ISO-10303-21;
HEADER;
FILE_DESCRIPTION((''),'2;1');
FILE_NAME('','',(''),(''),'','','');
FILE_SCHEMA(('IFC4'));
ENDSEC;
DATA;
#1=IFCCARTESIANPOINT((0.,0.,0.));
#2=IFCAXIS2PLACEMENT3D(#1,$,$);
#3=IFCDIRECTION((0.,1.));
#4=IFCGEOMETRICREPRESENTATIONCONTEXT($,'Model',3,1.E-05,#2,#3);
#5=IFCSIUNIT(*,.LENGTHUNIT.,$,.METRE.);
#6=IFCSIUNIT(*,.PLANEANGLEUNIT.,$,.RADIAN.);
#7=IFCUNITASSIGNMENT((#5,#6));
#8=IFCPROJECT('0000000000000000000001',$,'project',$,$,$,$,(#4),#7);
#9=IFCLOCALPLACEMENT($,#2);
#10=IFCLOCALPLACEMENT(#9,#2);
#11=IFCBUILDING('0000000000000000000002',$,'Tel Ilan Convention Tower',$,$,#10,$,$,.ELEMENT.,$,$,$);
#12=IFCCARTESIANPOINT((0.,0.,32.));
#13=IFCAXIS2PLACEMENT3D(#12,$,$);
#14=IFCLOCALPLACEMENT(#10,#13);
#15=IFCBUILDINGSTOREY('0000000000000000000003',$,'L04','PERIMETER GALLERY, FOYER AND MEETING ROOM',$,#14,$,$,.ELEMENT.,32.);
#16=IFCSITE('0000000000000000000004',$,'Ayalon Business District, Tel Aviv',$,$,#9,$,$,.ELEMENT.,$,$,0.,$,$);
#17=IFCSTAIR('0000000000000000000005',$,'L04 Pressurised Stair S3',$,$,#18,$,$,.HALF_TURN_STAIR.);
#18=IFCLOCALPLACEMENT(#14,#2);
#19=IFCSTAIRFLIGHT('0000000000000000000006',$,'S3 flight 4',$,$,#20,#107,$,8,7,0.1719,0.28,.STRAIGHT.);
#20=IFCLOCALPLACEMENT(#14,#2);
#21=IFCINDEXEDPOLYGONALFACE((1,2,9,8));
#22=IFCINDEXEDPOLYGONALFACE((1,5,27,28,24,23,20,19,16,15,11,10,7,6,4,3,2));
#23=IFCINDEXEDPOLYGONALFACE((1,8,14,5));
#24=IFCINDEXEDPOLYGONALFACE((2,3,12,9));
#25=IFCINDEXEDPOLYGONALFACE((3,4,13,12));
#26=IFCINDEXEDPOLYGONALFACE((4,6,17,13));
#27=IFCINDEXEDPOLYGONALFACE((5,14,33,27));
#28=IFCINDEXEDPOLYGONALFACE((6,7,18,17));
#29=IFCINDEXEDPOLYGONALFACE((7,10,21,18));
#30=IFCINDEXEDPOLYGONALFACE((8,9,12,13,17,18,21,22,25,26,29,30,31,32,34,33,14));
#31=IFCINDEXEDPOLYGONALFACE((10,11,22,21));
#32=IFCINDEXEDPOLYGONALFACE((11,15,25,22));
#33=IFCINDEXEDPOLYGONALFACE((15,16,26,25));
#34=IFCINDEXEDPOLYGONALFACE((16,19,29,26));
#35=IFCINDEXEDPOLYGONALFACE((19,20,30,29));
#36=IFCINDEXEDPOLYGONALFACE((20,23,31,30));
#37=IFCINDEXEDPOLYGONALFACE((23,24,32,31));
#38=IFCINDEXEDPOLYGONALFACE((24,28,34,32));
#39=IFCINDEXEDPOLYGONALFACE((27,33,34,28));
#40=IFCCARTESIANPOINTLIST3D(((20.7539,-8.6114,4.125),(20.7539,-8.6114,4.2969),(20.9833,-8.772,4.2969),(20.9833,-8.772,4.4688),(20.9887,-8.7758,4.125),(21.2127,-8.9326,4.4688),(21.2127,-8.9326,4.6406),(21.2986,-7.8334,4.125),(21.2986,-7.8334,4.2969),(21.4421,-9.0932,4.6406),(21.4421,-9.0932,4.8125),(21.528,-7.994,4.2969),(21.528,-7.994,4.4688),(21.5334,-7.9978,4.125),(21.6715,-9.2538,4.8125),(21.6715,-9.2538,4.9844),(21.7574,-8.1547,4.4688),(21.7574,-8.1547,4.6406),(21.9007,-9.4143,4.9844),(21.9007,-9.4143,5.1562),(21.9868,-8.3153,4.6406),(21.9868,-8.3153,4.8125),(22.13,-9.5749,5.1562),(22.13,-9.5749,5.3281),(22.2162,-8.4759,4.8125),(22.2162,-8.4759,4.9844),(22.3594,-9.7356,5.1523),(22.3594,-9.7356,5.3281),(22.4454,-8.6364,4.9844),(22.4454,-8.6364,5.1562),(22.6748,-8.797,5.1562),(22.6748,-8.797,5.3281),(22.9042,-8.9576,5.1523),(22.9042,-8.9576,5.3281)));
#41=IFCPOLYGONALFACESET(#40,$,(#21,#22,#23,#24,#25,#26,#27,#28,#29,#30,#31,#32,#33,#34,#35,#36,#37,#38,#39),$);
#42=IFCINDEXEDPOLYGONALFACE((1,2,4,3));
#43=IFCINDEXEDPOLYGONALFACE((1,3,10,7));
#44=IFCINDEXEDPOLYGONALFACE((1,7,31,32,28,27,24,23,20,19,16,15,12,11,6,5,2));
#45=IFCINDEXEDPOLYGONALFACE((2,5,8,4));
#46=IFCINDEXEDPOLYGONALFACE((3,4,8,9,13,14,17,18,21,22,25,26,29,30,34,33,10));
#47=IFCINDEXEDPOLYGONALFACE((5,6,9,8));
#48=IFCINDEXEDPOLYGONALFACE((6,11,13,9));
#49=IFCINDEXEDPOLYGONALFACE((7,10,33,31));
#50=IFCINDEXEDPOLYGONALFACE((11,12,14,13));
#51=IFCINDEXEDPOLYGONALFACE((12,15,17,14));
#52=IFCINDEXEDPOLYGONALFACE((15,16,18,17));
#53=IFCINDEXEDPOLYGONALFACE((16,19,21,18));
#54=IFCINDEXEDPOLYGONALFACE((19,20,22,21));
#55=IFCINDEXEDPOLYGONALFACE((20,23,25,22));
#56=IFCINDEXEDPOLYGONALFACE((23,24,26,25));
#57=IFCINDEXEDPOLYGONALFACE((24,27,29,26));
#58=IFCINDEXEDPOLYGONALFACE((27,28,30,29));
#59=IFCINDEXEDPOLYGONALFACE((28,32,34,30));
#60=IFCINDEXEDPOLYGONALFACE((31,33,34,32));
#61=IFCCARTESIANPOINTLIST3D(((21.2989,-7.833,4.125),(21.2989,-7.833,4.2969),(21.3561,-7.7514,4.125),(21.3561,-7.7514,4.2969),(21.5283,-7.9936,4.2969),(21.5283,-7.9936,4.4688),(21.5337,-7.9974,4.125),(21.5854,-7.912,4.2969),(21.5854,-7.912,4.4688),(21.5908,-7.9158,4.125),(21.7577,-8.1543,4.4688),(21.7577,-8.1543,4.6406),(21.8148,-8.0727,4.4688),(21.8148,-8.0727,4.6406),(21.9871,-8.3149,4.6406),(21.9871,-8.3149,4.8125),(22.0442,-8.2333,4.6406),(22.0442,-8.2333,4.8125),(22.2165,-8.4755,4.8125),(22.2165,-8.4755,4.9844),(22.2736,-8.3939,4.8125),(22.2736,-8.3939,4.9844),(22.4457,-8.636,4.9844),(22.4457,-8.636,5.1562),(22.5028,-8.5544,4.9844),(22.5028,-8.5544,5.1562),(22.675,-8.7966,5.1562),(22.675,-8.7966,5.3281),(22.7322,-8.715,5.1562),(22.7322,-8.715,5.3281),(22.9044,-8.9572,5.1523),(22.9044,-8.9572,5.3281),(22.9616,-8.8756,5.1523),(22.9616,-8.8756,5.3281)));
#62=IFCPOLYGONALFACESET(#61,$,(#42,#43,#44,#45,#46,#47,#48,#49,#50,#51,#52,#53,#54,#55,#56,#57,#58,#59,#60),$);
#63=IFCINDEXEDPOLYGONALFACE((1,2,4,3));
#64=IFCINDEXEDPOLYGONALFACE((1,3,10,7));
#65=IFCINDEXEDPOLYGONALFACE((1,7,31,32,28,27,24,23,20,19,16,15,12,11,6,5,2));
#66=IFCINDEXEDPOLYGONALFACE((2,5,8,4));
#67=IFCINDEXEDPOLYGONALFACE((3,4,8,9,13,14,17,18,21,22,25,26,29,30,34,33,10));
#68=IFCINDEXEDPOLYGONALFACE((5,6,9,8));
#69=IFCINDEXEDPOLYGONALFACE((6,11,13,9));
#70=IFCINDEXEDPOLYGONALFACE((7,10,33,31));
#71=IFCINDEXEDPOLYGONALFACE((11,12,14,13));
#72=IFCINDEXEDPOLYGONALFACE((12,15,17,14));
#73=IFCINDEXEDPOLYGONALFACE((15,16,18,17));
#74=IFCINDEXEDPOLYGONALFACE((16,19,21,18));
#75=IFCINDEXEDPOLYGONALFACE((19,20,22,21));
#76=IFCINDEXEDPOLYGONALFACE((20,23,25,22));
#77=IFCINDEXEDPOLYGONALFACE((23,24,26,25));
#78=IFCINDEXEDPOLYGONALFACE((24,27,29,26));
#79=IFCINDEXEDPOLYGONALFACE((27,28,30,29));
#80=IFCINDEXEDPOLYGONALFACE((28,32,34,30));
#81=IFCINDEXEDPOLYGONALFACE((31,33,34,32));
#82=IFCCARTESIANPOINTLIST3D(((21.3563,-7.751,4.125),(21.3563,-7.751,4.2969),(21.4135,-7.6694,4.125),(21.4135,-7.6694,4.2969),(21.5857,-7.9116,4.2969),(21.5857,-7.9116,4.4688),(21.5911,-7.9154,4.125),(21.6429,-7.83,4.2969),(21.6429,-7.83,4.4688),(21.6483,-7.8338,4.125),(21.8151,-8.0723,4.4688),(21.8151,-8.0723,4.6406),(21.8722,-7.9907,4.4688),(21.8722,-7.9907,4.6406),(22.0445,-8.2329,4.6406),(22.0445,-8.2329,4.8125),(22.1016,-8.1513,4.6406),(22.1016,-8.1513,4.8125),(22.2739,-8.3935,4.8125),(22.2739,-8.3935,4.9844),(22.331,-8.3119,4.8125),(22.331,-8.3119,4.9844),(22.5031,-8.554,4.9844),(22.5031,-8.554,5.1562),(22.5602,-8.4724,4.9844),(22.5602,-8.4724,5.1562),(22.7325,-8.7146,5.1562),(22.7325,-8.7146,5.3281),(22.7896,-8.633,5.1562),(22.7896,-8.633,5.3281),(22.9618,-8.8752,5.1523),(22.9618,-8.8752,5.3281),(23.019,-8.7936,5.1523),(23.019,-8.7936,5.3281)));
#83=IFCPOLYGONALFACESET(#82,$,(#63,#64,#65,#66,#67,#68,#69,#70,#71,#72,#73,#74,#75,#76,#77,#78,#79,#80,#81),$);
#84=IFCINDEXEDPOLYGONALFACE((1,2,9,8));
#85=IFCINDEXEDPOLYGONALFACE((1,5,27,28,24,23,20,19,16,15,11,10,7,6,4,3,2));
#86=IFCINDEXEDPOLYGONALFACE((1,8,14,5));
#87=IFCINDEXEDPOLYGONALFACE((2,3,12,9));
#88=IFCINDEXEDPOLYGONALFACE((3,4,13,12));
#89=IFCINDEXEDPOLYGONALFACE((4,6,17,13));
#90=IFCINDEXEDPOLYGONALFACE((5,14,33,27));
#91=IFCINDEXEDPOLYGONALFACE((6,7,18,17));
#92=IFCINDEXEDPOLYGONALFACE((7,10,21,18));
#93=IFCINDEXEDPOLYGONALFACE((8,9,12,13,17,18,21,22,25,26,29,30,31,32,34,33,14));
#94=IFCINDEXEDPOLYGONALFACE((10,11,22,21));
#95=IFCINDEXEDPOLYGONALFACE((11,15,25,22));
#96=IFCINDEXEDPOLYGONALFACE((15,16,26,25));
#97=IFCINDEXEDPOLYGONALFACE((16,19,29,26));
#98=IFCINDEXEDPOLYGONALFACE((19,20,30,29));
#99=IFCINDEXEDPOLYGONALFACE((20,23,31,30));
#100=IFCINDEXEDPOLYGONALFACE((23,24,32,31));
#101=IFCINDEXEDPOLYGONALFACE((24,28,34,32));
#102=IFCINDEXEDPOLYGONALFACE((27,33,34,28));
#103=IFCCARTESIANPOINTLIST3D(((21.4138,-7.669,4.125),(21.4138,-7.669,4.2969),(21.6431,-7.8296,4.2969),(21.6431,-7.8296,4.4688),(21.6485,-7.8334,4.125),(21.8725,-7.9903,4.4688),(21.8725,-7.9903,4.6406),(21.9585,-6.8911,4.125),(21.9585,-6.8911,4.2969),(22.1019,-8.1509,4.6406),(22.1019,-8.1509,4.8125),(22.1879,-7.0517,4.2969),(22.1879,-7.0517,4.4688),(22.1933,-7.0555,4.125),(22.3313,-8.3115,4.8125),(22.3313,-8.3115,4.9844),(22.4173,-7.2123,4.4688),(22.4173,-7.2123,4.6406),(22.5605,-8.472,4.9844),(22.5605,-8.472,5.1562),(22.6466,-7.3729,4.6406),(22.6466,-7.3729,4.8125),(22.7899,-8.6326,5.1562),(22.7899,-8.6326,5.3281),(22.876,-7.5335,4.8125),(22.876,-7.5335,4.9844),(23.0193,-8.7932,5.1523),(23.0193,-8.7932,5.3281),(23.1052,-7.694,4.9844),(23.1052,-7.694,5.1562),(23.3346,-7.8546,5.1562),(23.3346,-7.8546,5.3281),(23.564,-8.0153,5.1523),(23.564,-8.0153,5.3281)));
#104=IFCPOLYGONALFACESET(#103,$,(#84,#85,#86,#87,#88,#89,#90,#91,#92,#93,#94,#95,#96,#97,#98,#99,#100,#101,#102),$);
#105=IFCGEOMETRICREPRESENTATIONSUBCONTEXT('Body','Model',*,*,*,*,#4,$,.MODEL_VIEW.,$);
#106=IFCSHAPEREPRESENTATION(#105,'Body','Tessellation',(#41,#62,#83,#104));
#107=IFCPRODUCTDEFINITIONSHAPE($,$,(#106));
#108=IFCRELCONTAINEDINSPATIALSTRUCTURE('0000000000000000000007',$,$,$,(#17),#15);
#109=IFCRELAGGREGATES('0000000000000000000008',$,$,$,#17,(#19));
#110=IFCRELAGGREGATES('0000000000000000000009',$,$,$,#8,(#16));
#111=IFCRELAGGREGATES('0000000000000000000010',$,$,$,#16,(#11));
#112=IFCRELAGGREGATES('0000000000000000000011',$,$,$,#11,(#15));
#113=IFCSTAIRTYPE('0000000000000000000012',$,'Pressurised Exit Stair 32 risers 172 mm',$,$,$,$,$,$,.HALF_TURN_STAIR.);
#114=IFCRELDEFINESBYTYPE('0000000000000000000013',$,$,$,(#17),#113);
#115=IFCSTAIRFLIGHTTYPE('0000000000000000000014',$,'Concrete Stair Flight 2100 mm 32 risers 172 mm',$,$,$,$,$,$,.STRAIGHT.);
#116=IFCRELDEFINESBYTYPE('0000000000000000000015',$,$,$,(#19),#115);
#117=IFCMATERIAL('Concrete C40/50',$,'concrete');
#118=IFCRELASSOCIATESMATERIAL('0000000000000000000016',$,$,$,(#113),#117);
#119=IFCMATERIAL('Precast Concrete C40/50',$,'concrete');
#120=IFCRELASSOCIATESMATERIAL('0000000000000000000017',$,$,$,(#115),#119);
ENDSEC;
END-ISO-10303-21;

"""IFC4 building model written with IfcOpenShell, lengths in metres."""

from ifc_helpers import new_model, si_unit, direction, frame, origin, place, context, subcontext, project, spatial, polyline, outline, extrude, material, type_object, element, aggregate, save


model = new_model("IFC4")

# Units and contexts
model_context = context("Model", 3, precision=1e-05, world=origin(), true_north=direction((0.0, 1.0)))
body_context = subcontext(model_context, "Body", "Model", "MODEL_VIEW")
ifc_project = project(units=[si_unit("LENGTHUNIT", "METRE"), si_unit("PLANEANGLEUNIT", "RADIAN")], contexts=[model_context])

# Site, building, storey
site_placement = place(None, origin())
site = spatial("IfcSite", under=ifc_project, at=site_placement, Name="Ayalon Business District, Tel Aviv", CompositionType="ELEMENT", RefElevation=0.0)
building_placement = place(site_placement, origin())
building = spatial("IfcBuilding", under=site, at=building_placement, Name="Tel Ilan Convention Tower", CompositionType="ELEMENT")
storey_placement = place(building_placement, frame((0.0, 0.0, 32.0)))
storey = spatial("IfcBuildingStorey", under=building, at=storey_placement, Name="L04", Description="PERIMETER GALLERY, FOYER AND MEETING ROOM", CompositionType="ELEMENT", Elevation=32.0)

# Stair, stair flight
ifc_material_1 = material(Name="Concrete C40/50", Category="concrete")
stair_type = type_object("IfcStairType", Name="Pressurised Exit Stair 32 risers 172 mm", PredefinedType="HALF_TURN_STAIR", material=ifc_material_1)
stair_1_placement = place(storey_placement, origin())
stair_1 = element("IfcStair", 1, at=stair_1_placement, inside=storey, type_object=stair_type, Name="L04 Pressurised Stair S3", PredefinedType="HALF_TURN_STAIR")
ifc_material_2 = material(Name="Precast Concrete C40/50", Category="concrete")
stair_flight_type = type_object("IfcStairFlightType", Name="Concrete Stair Flight 2100 mm 32 risers 172 mm", PredefinedType="STRAIGHT", material=ifc_material_2)
stair_flight_1_placement = place(storey_placement, frame((21.3562, -7.7512, 4.125), z_axis=(0.0, 0.0, 1.0), x_axis=(0.819152, -0.573576, 0.0)))
stair_flight_1 = element("IfcStairFlight", 2, at=stair_flight_1_placement, type_object=stair_flight_type, Name="S3 flight 4", NumberOfRisers=8, NumberOfTreads=7, PredefinedType="STRAIGHT", RiserHeight=0.1719, TreadLength=0.28, context=body_context, shape_type="SweptSolid", body=[
    extrude(outline(polyline([(0.0, 0.0), (0.0, 0.1719), (0.28, 0.1719), (0.28, 0.3438), (0.5601, 0.3438), (0.5601, 0.5156), (0.8401, 0.5156), (0.8401, 0.6875), (1.1201, 0.6875), (1.1201, 0.8594), (1.3999, 0.8594), (1.3999, 1.0312), (1.6799, 1.0312), (1.6799, 1.2031), (1.96, 1.2031), (1.96, 1.375), (1.96, 1.0273), (0.2866, 0.0), (0.0, 0.0)])), frame((0.0, -0.1003, 0.0), z_axis=(0.0, -1.0, 0.0), x_axis=(1.0, 0.0, 0.0)), (0.0, 0.0, 1.0), 0.9497),
    extrude(outline(polyline([(0.0, 0.0), (0.0, 0.1719), (0.28, 0.1719), (0.28, 0.3438), (0.5601, 0.3438), (0.5601, 0.5156), (0.8401, 0.5156), (0.8401, 0.6875), (1.1201, 0.6875), (1.1201, 0.8594), (1.3999, 0.8594), (1.3999, 1.0312), (1.6799, 1.0312), (1.6799, 1.2031), (1.96, 1.2031), (1.96, 1.375), (1.96, 1.0273), (0.2866, 0.0), (0.0, 0.0)])), frame((0.0, -0.0002, 0.0), z_axis=(0.0, -1.0, 0.0), x_axis=(1.0, 0.0, 0.0)), (0.0, 0.0, 1.0), 0.0996),
    extrude(outline(polyline([(0.0, 0.0), (0.0, 0.1719), (0.28, 0.1719), (0.28, 0.3438), (0.5601, 0.3438), (0.5601, 0.5156), (0.8401, 0.5156), (0.8401, 0.6875), (1.1201, 0.6875), (1.1201, 0.8594), (1.3999, 0.8594), (1.3999, 1.0312), (1.6799, 1.0312), (1.6799, 1.2031), (1.96, 1.2031), (1.96, 1.375), (1.96, 1.0273), (0.2866, 0.0), (0.0, 0.0)])), frame((0.0, 0.0999, 0.0), z_axis=(0.0, -1.0, 0.0), x_axis=(1.0, 0.0, 0.0)), (0.0, 0.0, 1.0), 0.0996),
    extrude(outline(polyline([(0.0, 0.0), (0.0, 0.1719), (0.28, 0.1719), (0.28, 0.3438), (0.5601, 0.3438), (0.5601, 0.5156), (0.8401, 0.5156), (0.8401, 0.6875), (1.1201, 0.6875), (1.1201, 0.8594), (1.3999, 0.8594), (1.3999, 1.0312), (1.6799, 1.0312), (1.6799, 1.2031), (1.96, 1.2031), (1.96, 1.375), (1.96, 1.0273), (0.2866, 0.0), (0.0, 0.0)])), frame((0.0, 1.05, 0.0), z_axis=(0.0, -1.0, 0.0), x_axis=(1.0, 0.0, 0.0)), (0.0, 0.0, 1.0), 0.9497),
])
aggregate(stair_1, [stair_flight_1])

save(model, "model.ifc")
